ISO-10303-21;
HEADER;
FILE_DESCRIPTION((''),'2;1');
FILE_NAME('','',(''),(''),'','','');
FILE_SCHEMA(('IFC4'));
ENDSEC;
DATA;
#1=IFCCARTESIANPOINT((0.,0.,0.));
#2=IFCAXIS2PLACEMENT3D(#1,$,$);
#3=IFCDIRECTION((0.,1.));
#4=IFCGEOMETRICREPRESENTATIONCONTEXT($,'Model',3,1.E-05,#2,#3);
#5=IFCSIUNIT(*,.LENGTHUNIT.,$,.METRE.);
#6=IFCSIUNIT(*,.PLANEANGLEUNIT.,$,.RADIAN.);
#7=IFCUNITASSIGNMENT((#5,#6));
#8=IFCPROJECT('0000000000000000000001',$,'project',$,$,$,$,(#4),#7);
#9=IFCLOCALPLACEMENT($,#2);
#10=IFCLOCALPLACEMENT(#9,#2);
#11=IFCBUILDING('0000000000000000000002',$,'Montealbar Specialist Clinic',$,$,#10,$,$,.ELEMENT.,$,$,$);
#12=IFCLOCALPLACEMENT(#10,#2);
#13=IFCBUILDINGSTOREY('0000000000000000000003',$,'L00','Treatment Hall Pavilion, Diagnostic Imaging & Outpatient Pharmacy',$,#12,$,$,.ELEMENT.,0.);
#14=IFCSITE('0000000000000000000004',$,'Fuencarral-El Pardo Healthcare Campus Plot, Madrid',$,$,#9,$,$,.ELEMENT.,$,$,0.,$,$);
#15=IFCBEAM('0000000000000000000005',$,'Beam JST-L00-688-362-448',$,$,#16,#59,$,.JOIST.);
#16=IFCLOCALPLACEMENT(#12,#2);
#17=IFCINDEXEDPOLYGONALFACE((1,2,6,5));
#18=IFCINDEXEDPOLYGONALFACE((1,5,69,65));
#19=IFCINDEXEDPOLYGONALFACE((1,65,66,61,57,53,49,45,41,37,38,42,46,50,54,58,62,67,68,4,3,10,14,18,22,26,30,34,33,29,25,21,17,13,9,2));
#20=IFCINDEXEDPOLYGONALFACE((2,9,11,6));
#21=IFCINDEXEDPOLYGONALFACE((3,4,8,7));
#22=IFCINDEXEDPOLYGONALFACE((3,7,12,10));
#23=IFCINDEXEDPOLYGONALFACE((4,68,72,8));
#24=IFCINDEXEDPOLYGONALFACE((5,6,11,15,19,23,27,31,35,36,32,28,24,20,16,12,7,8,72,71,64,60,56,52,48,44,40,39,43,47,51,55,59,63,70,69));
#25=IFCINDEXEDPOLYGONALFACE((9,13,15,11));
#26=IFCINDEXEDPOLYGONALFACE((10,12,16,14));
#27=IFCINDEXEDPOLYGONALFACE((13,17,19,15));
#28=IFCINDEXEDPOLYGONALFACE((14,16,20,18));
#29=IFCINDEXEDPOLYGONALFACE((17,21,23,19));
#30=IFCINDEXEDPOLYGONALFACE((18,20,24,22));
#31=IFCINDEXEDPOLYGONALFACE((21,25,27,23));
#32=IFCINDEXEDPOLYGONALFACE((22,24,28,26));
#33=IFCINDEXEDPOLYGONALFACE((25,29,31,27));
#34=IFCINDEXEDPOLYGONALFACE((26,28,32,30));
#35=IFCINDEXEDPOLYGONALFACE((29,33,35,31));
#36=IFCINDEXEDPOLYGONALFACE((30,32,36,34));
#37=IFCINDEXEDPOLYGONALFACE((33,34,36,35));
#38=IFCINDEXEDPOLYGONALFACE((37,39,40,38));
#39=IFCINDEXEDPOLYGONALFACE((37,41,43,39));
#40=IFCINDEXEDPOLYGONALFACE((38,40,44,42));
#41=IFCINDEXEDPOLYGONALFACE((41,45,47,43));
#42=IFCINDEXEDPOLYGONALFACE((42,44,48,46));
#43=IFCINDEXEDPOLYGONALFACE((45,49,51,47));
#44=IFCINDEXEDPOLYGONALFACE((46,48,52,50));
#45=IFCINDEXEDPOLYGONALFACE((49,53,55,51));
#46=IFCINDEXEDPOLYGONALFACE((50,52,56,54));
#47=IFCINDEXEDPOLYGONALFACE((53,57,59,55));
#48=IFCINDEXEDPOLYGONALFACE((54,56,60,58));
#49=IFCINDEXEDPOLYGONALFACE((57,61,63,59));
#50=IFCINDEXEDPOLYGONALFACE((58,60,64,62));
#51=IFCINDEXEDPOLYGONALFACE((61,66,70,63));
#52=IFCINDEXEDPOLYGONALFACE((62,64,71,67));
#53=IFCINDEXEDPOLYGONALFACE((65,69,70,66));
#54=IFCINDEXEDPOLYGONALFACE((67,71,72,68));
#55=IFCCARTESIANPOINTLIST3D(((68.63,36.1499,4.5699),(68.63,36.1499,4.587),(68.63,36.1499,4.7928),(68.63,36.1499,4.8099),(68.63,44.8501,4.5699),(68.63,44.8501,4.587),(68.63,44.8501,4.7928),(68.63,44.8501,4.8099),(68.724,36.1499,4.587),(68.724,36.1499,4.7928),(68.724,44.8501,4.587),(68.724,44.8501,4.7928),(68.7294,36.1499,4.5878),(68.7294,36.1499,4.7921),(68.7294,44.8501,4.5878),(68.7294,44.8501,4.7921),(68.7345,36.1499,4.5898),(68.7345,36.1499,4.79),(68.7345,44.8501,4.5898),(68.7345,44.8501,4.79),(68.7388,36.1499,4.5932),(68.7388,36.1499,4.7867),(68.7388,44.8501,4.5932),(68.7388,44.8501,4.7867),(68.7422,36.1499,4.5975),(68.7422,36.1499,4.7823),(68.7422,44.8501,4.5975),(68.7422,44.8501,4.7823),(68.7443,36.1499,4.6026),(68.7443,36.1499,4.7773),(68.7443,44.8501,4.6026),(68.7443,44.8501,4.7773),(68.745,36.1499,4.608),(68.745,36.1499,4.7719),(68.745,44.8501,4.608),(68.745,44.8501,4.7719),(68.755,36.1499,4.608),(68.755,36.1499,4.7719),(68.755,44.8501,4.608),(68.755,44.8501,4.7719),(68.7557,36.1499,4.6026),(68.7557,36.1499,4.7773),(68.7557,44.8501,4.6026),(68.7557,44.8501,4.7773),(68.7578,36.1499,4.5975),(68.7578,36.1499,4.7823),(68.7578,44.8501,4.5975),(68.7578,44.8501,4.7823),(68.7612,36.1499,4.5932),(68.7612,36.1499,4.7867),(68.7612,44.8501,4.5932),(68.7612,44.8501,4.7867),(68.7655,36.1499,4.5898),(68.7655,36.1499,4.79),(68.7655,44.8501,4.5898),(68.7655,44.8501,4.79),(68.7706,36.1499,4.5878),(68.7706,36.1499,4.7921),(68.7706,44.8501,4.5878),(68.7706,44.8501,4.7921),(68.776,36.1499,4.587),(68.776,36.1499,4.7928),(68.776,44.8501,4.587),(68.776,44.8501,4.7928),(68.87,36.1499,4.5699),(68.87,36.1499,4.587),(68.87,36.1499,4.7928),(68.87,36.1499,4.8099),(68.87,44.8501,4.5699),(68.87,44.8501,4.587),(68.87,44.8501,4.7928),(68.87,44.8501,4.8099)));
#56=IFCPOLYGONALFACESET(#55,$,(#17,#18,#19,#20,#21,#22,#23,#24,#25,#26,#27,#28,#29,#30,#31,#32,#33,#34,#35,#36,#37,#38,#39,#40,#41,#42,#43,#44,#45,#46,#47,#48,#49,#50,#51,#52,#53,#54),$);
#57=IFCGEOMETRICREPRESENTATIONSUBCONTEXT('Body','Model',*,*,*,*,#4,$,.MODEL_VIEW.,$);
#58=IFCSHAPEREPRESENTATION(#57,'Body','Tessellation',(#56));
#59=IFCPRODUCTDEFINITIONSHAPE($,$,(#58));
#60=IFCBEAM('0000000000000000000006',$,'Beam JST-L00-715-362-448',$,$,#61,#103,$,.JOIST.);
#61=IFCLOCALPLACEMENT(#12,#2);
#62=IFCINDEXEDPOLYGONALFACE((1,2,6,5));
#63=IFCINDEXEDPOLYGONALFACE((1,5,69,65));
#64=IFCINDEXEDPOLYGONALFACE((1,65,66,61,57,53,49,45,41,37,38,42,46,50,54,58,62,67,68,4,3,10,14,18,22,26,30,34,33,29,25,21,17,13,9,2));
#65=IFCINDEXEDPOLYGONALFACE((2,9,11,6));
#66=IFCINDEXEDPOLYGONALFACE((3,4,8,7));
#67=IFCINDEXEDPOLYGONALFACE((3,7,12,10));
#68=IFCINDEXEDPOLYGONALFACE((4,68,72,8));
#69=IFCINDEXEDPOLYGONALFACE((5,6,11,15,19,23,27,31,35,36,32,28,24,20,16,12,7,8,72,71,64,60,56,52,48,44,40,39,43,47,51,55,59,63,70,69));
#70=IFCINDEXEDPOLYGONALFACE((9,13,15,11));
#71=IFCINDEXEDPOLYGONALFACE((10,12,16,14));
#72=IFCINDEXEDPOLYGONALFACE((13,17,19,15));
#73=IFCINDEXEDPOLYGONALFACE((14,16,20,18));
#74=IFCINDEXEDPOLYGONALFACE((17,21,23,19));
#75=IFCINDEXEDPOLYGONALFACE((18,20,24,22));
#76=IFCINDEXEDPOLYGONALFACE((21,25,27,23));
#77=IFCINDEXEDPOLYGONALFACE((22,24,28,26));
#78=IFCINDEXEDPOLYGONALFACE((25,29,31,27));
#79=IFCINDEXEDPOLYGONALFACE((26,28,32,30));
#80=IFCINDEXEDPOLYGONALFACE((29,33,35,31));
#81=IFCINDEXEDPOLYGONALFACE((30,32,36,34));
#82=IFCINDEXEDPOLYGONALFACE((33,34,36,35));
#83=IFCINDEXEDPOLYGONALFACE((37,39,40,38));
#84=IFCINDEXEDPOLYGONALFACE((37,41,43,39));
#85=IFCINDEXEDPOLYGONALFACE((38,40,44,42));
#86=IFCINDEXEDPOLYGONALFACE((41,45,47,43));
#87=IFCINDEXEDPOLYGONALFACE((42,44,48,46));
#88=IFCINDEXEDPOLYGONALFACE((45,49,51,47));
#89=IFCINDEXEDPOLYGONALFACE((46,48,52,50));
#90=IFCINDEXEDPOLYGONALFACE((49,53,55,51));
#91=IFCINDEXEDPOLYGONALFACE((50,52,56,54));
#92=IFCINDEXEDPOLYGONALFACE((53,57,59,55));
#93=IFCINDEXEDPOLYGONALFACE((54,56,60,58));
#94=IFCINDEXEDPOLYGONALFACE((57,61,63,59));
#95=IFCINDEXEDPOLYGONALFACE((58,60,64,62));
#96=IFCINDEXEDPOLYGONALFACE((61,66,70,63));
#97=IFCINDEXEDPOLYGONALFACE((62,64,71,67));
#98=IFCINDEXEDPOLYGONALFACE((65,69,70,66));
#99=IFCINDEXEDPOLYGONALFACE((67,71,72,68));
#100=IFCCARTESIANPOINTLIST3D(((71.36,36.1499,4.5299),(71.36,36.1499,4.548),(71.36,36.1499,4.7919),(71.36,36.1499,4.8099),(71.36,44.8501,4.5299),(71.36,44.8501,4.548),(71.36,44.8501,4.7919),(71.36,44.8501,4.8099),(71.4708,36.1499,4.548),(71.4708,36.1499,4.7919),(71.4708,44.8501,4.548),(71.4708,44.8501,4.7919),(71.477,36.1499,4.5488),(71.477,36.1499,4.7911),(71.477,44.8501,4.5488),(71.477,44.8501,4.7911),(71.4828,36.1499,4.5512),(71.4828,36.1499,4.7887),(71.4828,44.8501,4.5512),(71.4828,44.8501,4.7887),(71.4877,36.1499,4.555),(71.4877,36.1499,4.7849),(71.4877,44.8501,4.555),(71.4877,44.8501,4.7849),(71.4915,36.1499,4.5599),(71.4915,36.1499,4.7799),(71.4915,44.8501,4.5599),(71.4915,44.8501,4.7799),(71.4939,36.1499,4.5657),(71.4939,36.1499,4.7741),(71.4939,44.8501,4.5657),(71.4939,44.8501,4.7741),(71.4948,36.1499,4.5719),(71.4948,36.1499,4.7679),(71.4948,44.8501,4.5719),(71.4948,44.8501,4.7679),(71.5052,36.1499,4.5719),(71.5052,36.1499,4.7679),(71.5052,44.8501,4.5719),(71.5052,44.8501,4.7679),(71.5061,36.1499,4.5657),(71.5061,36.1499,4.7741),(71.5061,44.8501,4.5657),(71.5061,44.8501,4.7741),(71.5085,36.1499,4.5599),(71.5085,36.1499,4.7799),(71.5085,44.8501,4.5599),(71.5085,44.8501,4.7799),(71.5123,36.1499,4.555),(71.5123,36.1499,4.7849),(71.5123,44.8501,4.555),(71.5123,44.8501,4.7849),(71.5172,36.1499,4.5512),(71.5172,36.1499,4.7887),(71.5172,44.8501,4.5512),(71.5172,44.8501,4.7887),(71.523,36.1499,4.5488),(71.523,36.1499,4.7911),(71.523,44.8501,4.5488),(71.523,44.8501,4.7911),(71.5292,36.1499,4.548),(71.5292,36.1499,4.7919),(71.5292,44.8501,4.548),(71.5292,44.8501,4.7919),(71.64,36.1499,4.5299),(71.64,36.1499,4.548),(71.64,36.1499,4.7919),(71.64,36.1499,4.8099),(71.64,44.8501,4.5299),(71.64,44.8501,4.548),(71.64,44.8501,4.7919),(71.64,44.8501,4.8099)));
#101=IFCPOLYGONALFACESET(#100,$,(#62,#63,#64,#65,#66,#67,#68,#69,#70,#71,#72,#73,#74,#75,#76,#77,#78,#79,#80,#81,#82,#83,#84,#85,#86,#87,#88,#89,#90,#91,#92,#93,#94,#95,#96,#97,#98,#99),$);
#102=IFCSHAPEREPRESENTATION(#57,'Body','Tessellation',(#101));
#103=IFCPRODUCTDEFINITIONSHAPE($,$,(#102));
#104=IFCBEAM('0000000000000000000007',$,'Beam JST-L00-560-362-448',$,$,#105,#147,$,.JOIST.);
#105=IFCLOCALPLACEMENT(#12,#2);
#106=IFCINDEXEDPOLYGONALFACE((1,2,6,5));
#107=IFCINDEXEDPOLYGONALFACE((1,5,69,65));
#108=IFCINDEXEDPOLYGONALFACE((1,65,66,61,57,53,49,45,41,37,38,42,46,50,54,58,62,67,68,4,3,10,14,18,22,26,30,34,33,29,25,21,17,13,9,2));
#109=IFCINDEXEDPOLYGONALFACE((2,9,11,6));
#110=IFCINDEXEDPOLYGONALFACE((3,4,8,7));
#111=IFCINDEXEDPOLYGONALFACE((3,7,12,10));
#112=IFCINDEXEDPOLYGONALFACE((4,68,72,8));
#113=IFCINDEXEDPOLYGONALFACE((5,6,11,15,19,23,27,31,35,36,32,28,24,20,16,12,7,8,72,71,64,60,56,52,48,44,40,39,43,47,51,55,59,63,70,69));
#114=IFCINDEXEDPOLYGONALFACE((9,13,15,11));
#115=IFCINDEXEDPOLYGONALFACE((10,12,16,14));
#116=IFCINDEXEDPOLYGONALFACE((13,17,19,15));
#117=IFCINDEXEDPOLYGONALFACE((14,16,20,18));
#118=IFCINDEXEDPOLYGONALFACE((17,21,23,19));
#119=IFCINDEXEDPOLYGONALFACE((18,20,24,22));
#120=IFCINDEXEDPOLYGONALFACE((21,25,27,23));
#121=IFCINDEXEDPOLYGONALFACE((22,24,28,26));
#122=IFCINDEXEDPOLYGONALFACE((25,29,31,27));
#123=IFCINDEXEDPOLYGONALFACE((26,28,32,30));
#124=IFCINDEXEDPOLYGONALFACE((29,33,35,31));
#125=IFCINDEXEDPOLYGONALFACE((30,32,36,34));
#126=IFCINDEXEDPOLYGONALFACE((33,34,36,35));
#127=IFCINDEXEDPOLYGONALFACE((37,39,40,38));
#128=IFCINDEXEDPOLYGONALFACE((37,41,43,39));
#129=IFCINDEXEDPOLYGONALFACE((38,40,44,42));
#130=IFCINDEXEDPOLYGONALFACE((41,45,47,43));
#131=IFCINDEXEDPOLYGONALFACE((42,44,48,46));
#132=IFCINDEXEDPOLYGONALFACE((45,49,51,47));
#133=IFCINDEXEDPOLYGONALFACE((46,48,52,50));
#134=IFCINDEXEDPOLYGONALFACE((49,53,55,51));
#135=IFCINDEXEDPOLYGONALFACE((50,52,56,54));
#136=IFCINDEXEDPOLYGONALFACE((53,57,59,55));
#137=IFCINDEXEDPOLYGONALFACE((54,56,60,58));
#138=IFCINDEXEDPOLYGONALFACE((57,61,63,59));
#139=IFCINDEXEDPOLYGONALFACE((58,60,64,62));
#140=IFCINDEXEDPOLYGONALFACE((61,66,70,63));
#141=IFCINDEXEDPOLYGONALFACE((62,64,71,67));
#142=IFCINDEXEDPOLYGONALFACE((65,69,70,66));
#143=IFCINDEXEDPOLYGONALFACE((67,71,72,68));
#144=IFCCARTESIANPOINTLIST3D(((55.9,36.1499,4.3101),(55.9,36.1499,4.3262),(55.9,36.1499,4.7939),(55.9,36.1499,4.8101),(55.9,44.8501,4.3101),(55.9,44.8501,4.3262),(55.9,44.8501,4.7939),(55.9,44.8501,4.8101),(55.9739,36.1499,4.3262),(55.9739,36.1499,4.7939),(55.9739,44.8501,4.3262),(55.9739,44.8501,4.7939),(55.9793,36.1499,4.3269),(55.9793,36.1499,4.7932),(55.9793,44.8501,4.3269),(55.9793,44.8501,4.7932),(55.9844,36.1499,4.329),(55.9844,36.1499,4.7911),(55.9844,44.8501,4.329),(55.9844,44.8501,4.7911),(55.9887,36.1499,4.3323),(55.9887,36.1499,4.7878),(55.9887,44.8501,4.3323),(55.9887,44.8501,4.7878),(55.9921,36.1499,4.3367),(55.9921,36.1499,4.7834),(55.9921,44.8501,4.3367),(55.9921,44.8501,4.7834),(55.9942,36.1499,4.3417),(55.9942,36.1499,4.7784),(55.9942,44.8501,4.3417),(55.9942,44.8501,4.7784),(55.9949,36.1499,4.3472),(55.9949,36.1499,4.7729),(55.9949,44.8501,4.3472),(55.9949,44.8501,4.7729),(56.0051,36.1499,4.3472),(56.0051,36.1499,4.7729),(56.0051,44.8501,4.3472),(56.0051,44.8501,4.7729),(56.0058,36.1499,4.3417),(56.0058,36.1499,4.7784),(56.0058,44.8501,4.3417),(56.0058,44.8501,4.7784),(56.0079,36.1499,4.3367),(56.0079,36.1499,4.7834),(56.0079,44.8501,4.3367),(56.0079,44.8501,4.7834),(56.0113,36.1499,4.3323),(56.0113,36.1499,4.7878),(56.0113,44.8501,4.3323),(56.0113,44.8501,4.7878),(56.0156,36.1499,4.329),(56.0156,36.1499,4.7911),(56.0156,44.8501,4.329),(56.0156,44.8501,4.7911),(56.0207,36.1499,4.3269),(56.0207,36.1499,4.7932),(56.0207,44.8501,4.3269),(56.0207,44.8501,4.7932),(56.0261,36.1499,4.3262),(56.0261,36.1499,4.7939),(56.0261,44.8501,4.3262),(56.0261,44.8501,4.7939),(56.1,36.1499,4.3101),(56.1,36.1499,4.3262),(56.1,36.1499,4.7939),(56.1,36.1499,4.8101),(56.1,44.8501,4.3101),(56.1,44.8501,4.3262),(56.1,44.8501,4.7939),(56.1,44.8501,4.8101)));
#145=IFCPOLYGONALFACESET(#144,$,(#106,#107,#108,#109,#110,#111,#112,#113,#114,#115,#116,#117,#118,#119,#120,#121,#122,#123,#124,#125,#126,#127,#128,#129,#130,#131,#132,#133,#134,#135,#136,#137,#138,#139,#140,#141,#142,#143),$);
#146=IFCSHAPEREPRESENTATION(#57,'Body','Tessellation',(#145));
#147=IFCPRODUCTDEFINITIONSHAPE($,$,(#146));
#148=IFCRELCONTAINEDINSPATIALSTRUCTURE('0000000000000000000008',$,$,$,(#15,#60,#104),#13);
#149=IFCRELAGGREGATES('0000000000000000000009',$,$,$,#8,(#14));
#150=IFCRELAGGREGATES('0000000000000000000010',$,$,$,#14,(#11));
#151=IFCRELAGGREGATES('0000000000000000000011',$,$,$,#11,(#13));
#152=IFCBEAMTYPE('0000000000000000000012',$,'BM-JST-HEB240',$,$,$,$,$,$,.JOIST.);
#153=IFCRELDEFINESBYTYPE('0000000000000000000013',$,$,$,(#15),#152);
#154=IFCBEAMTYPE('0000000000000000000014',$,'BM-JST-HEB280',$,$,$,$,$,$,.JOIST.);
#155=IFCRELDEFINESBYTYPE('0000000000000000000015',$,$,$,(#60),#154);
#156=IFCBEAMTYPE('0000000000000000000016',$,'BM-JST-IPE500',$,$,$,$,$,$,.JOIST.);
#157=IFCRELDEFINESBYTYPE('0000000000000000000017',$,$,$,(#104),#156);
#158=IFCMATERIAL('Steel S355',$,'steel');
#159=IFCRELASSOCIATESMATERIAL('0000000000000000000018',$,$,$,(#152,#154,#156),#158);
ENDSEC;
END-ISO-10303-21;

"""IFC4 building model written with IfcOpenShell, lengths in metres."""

from ifc_helpers import new_model, si_unit, direction, frame, origin, origin_2d, place, context, subcontext, project, spatial, i_section, extrude, material, material_profile, profile_set, type_object, element, save


model = new_model("IFC4")

# Units and contexts
model_context = context("Model", 3, precision=1e-05, world=origin(), true_north=direction((0.0, 1.0)))
body_context = subcontext(model_context, "Body", "Model", "MODEL_VIEW")
ifc_project = project(units=[si_unit("LENGTHUNIT", "METRE"), si_unit("PLANEANGLEUNIT", "RADIAN")], contexts=[model_context])

# Site, building, storey
site_placement = place(None, origin())
site = spatial("IfcSite", under=ifc_project, at=site_placement, Name="Fuencarral-El Pardo Healthcare Campus Plot, Madrid", CompositionType="ELEMENT", RefElevation=0.0)
building_placement = place(site_placement, origin())
building = spatial("IfcBuilding", under=site, at=building_placement, Name="Montealbar Specialist Clinic", CompositionType="ELEMENT")
storey_placement = place(building_placement, origin())
storey = spatial("IfcBuildingStorey", under=building, at=storey_placement, Name="L00", Description="Treatment Hall Pavilion, Diagnostic Imaging & Outpatient Pharmacy", CompositionType="ELEMENT", Elevation=0.0)

# Shared definitions
ifc_material_1 = material(Name="Steel S355", Category="steel")

# Beams
ifc_material_profile_1 = material_profile(ifc_material_1, i_section(OverallWidth=0.24, OverallDepth=0.24, WebThickness=0.01, FlangeThickness=0.0171, FilletRadius=0.021, at=origin_2d()), Name="HEB 240", Category="steel")
ifc_profile_set_1 = profile_set([ifc_material_profile_1], Name="Steel S355")
beam_type_1 = type_object("IfcBeamType", Name="BM-JST-HEB240", PredefinedType="JOIST", material=ifc_profile_set_1)
beam_1_placement = place(storey_placement, frame((68.75, 36.1499, 4.6899), z_axis=(0.0, 1.0, 0.0), x_axis=(-1.0, 0.0, 0.0)))
element("IfcBeam", 1, at=beam_1_placement, inside=storey, type_object=beam_type_1, Name="Beam JST-L00-688-362-448", PredefinedType="JOIST", context=body_context, shape_type="SweptSolid", body=[
    extrude(i_section(OverallWidth=0.24, OverallDepth=0.24, WebThickness=0.01, FlangeThickness=0.0171, FilletRadius=0.021, at=origin_2d()), origin(), (0.0, 0.0, 1.0), 8.7002),
])
ifc_material_profile_2 = material_profile(ifc_material_1, i_section(OverallWidth=0.28, OverallDepth=0.28, WebThickness=0.0105, FlangeThickness=0.0181, FilletRadius=0.0239, at=origin_2d()), Name="HEB 280", Category="steel")
ifc_profile_set_2 = profile_set([ifc_material_profile_2], Name="Steel S355")
beam_type_2 = type_object("IfcBeamType", Name="BM-JST-HEB280", PredefinedType="JOIST", material=ifc_profile_set_2)
beam_2_placement = place(storey_placement, frame((71.5, 36.1499, 4.6699), z_axis=(0.0, 1.0, 0.0), x_axis=(-1.0, 0.0, 0.0)))
element("IfcBeam", 2, at=beam_2_placement, inside=storey, type_object=beam_type_2, Name="Beam JST-L00-715-362-448", PredefinedType="JOIST", context=body_context, shape_type="SweptSolid", body=[
    extrude(i_section(OverallWidth=0.28, OverallDepth=0.28, WebThickness=0.0105, FlangeThickness=0.0181, FilletRadius=0.0239, at=origin_2d()), origin(), (0.0, 0.0, 1.0), 8.7002),
])
ifc_material_profile_3 = material_profile(ifc_material_1, i_section(OverallWidth=0.2, OverallDepth=0.5, WebThickness=0.0103, FlangeThickness=0.0161, FilletRadius=0.021, at=origin_2d()), Name="IPE 500", Category="steel")
ifc_profile_set_3 = profile_set([ifc_material_profile_3], Name="Steel S355")
beam_type_3 = type_object("IfcBeamType", Name="BM-JST-IPE500", PredefinedType="JOIST", material=ifc_profile_set_3)
beam_3_placement = place(storey_placement, frame((56.0, 36.1499, 4.5601), z_axis=(0.0, 1.0, 0.0), x_axis=(-1.0, 0.0, 0.0)))
element("IfcBeam", 3, at=beam_3_placement, inside=storey, type_object=beam_type_3, Name="Beam JST-L00-560-362-448", PredefinedType="JOIST", context=body_context, shape_type="SweptSolid", body=[
    extrude(i_section(OverallWidth=0.2, OverallDepth=0.5, WebThickness=0.0103, FlangeThickness=0.0161, FilletRadius=0.021, at=origin_2d()), origin(), (0.0, 0.0, 1.0), 8.7002),
])

save(model, "model.ifc")
